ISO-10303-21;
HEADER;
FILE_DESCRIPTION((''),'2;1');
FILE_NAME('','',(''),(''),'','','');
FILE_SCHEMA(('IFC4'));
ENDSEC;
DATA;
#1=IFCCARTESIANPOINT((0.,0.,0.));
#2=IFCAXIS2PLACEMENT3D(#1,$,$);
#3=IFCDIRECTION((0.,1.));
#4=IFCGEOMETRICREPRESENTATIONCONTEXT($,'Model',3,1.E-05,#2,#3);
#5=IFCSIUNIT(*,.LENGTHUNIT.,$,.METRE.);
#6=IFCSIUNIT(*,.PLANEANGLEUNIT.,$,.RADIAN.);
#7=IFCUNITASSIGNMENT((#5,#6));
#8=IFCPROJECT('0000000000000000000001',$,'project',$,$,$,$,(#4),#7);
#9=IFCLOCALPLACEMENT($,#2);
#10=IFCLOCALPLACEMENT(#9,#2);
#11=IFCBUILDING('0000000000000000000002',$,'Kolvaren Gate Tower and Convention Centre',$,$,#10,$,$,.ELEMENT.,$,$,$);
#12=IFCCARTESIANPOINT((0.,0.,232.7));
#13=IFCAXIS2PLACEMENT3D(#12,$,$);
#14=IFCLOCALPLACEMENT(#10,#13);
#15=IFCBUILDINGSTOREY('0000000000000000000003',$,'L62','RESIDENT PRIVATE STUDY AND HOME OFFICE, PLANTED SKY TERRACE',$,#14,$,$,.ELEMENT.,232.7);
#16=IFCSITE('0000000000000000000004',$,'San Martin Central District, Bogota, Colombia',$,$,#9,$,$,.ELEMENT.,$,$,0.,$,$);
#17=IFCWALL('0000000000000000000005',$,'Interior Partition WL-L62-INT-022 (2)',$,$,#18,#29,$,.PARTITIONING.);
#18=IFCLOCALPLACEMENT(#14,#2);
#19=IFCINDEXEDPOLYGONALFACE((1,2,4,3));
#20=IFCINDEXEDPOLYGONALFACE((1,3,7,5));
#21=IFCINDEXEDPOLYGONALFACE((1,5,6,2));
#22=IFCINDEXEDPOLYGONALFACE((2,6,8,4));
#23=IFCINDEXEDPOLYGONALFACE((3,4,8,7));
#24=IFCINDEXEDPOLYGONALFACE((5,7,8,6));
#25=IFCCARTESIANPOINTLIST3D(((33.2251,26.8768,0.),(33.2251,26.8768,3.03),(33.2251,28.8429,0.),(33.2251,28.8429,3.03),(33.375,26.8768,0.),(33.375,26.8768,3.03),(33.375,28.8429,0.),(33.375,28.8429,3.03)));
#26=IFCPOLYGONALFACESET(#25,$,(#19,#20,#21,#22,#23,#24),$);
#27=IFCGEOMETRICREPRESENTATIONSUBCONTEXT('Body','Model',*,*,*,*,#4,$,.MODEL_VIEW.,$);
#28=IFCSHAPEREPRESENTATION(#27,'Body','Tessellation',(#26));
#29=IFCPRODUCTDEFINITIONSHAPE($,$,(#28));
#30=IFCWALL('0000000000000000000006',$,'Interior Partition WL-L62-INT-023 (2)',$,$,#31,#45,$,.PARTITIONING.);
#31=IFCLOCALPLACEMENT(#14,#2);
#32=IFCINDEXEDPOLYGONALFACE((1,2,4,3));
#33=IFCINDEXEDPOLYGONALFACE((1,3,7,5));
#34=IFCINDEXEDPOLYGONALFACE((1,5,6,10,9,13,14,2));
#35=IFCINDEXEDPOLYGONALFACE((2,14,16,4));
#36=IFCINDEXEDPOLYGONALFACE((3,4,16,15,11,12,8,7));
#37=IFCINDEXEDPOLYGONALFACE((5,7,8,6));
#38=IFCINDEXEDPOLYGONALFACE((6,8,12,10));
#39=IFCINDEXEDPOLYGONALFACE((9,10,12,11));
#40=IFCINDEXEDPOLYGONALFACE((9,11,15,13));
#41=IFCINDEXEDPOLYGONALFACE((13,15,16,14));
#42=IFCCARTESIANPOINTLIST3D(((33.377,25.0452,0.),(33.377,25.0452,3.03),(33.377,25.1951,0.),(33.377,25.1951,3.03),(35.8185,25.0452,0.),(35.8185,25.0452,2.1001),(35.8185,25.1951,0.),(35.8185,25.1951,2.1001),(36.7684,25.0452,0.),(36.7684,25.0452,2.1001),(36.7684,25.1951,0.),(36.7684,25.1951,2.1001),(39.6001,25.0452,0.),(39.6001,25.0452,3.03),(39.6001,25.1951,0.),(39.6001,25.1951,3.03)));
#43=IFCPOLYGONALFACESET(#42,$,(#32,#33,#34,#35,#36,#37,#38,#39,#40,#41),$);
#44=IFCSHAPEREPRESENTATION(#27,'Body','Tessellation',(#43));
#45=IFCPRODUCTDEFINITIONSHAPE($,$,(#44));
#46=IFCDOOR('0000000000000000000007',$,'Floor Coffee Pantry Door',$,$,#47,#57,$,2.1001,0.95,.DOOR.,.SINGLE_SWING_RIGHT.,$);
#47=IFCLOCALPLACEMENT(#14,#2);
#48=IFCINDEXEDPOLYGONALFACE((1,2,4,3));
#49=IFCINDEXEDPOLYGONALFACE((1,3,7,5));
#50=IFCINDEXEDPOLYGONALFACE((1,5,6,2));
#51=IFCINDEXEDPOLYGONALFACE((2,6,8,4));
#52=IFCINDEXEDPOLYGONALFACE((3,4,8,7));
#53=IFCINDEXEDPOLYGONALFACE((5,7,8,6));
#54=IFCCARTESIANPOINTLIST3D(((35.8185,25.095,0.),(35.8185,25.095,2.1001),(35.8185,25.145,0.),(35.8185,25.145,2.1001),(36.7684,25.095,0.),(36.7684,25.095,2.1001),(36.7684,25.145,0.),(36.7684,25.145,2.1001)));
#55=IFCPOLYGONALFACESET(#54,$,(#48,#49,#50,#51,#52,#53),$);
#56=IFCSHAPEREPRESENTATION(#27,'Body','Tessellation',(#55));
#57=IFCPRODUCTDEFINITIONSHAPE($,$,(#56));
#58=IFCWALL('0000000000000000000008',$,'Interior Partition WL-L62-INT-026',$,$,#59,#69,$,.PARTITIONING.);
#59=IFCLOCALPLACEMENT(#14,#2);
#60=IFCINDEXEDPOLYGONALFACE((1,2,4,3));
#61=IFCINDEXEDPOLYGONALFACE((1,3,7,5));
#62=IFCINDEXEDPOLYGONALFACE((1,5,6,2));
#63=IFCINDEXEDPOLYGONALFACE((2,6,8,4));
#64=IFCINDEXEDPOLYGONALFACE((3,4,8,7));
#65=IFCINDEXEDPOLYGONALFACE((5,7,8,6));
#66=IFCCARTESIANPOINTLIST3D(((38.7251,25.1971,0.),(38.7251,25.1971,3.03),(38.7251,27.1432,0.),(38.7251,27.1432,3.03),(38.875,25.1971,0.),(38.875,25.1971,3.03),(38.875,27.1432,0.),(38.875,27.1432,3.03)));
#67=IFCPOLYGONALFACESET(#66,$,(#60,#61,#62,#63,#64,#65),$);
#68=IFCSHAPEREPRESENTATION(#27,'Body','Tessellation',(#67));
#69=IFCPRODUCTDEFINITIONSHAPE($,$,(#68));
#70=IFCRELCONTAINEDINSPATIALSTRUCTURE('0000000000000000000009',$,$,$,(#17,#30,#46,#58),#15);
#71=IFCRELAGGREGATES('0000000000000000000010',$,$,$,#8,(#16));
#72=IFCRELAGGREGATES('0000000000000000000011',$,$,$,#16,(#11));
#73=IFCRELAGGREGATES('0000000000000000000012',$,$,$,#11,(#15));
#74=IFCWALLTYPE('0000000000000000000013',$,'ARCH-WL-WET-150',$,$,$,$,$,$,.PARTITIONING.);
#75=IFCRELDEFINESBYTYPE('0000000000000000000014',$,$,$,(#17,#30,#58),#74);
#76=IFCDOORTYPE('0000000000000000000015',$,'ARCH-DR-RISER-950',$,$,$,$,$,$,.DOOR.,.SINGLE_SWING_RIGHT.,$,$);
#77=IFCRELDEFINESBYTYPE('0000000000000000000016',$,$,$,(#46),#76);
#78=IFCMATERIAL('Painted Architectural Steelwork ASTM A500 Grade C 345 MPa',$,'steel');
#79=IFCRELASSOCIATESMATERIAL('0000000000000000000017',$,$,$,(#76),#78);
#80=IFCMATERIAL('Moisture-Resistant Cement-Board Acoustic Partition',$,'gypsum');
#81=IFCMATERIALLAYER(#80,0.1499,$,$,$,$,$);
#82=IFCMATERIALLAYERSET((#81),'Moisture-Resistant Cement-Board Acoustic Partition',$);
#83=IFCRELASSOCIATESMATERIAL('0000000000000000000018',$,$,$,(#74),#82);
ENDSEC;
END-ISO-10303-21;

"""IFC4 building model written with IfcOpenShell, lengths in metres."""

from ifc_helpers import new_model, si_unit, direction, frame, frame_2d, origin, place, context, subcontext, project, spatial, rectangle, extrude, material, layer, layer_set, type_object, element, fill, save


model = new_model("IFC4")

# Units and contexts
model_context = context("Model", 3, precision=1e-05, world=origin(), true_north=direction((0.0, 1.0)))
body_context = subcontext(model_context, "Body", "Model", "MODEL_VIEW")
ifc_project = project(units=[si_unit("LENGTHUNIT", "METRE"), si_unit("PLANEANGLEUNIT", "RADIAN")], contexts=[model_context])

# Site, building, storey
site_placement = place(None, origin())
site = spatial("IfcSite", under=ifc_project, at=site_placement, Name="San Martin Central District, Bogota, Colombia", CompositionType="ELEMENT", RefElevation=0.0)
building_placement = place(site_placement, origin())
building = spatial("IfcBuilding", under=site, at=building_placement, Name="Kolvaren Gate Tower and Convention Centre", CompositionType="ELEMENT")
storey_placement = place(building_placement, frame((0.0, 0.0, 232.7)))
storey = spatial("IfcBuildingStorey", under=building, at=storey_placement, Name="L62", Description="RESIDENT PRIVATE STUDY AND HOME OFFICE, PLANTED SKY TERRACE", CompositionType="ELEMENT", Elevation=232.7)

# Shared definitions
ifc_material_1 = material(Name="Painted Architectural Steelwork ASTM A500 Grade C 345 MPa", Category="steel")
door_type_1 = type_object("IfcDoorType", Name="ARCH-DR-RISER-950", OperationType="SINGLE_SWING_RIGHT", PredefinedType="DOOR", material=ifc_material_1)

# Wall
ifc_material_2 = material(Name="Moisture-Resistant Cement-Board Acoustic Partition", Category="gypsum")
ifc_layer_1 = layer(ifc_material_2, 0.1499)
ifc_layer_set_1 = layer_set([ifc_layer_1], Name="Moisture-Resistant Cement-Board Acoustic Partition")
wall_type_1 = type_object("IfcWallType", Name="ARCH-WL-WET-150", PredefinedType="PARTITIONING", material=ifc_layer_set_1)
wall_1_placement = place(storey_placement, frame((33.3, 26.877, 0.0), z_axis=(0.0, 0.0, 1.0), x_axis=(0.0, 1.0, 0.0)))
element("IfcWall", 1, at=wall_1_placement, inside=storey, type_object=wall_type_1, Name="Interior Partition WL-L62-INT-022 (2)", PredefinedType="PARTITIONING", context=body_context, shape_type="SweptSolid", body=[
    extrude(rectangle(XDim=1.9661, YDim=0.1499, at=frame_2d((0.9829, 0.0))), origin(), (0.0, 0.0, 1.0), 3.03),
])

# Wall, opening, door
wall_2_placement = place(storey_placement, frame((33.377, 25.1201, 0.0), z_axis=(0.0, 0.0, 1.0), x_axis=(1.0, 0.0, 0.0)))
wall_2 = element("IfcWall", 2, at=wall_2_placement, inside=storey, type_object=wall_type_1, Name="Interior Partition WL-L62-INT-023 (2)", PredefinedType="PARTITIONING", context=body_context, shape_type="SweptSolid", body=[
    extrude(rectangle(XDim=6.2231, YDim=0.1499, at=frame_2d((3.1116, 0.0))), origin(), (0.0, 0.0, 1.0), 3.03),
])
opening_1_placement = place(wall_2_placement, frame((2.4414, 0.0, 0.0)))
opening_1 = element("IfcOpeningElement", 3, at=opening_1_placement, cuts=wall_2, PredefinedType="OPENING", context=body_context, shape_type="SweptSolid", body=[
    extrude(rectangle(XDim=0.95, YDim=2.1001, at=frame_2d((0.4751, 1.05))), frame((0.0, 0.085, 0.0), z_axis=(0.0, -1.0, 0.0), x_axis=(1.0, 0.0, 0.0)), (0.0, 0.0, 1.0), 0.1699),
])
door_1_placement = place(opening_1_placement, origin())
door_1 = element("IfcDoor", 4, at=door_1_placement, inside=storey, type_object=door_type_1, Name="Floor Coffee Pantry Door", OperationType="SINGLE_SWING_RIGHT", OverallHeight=2.1001, OverallWidth=0.95, PredefinedType="DOOR", context=body_context, shape_type="SweptSolid", body=[
    extrude(rectangle(XDim=0.95, YDim=2.1001, at=frame_2d((0.4751, 1.05))), frame((0.0, 0.0249, 0.0), z_axis=(0.0, -1.0, 0.0), x_axis=(1.0, 0.0, 0.0)), (0.0, 0.0, 1.0), 0.05),
])
fill(opening_1, door_1)

# Wall
wall_3_placement = place(storey_placement, frame((38.8, 25.197, 0.0), z_axis=(0.0, 0.0, 1.0), x_axis=(0.0, 1.0, 0.0)))
element("IfcWall", 5, at=wall_3_placement, inside=storey, type_object=wall_type_1, Name="Interior Partition WL-L62-INT-026", PredefinedType="PARTITIONING", context=body_context, shape_type="SweptSolid", body=[
    extrude(rectangle(XDim=1.946, YDim=0.1499, at=frame_2d((0.9731, 0.0))), origin(), (0.0, 0.0, 1.0), 3.03),
])

save(model, "model.ifc")
